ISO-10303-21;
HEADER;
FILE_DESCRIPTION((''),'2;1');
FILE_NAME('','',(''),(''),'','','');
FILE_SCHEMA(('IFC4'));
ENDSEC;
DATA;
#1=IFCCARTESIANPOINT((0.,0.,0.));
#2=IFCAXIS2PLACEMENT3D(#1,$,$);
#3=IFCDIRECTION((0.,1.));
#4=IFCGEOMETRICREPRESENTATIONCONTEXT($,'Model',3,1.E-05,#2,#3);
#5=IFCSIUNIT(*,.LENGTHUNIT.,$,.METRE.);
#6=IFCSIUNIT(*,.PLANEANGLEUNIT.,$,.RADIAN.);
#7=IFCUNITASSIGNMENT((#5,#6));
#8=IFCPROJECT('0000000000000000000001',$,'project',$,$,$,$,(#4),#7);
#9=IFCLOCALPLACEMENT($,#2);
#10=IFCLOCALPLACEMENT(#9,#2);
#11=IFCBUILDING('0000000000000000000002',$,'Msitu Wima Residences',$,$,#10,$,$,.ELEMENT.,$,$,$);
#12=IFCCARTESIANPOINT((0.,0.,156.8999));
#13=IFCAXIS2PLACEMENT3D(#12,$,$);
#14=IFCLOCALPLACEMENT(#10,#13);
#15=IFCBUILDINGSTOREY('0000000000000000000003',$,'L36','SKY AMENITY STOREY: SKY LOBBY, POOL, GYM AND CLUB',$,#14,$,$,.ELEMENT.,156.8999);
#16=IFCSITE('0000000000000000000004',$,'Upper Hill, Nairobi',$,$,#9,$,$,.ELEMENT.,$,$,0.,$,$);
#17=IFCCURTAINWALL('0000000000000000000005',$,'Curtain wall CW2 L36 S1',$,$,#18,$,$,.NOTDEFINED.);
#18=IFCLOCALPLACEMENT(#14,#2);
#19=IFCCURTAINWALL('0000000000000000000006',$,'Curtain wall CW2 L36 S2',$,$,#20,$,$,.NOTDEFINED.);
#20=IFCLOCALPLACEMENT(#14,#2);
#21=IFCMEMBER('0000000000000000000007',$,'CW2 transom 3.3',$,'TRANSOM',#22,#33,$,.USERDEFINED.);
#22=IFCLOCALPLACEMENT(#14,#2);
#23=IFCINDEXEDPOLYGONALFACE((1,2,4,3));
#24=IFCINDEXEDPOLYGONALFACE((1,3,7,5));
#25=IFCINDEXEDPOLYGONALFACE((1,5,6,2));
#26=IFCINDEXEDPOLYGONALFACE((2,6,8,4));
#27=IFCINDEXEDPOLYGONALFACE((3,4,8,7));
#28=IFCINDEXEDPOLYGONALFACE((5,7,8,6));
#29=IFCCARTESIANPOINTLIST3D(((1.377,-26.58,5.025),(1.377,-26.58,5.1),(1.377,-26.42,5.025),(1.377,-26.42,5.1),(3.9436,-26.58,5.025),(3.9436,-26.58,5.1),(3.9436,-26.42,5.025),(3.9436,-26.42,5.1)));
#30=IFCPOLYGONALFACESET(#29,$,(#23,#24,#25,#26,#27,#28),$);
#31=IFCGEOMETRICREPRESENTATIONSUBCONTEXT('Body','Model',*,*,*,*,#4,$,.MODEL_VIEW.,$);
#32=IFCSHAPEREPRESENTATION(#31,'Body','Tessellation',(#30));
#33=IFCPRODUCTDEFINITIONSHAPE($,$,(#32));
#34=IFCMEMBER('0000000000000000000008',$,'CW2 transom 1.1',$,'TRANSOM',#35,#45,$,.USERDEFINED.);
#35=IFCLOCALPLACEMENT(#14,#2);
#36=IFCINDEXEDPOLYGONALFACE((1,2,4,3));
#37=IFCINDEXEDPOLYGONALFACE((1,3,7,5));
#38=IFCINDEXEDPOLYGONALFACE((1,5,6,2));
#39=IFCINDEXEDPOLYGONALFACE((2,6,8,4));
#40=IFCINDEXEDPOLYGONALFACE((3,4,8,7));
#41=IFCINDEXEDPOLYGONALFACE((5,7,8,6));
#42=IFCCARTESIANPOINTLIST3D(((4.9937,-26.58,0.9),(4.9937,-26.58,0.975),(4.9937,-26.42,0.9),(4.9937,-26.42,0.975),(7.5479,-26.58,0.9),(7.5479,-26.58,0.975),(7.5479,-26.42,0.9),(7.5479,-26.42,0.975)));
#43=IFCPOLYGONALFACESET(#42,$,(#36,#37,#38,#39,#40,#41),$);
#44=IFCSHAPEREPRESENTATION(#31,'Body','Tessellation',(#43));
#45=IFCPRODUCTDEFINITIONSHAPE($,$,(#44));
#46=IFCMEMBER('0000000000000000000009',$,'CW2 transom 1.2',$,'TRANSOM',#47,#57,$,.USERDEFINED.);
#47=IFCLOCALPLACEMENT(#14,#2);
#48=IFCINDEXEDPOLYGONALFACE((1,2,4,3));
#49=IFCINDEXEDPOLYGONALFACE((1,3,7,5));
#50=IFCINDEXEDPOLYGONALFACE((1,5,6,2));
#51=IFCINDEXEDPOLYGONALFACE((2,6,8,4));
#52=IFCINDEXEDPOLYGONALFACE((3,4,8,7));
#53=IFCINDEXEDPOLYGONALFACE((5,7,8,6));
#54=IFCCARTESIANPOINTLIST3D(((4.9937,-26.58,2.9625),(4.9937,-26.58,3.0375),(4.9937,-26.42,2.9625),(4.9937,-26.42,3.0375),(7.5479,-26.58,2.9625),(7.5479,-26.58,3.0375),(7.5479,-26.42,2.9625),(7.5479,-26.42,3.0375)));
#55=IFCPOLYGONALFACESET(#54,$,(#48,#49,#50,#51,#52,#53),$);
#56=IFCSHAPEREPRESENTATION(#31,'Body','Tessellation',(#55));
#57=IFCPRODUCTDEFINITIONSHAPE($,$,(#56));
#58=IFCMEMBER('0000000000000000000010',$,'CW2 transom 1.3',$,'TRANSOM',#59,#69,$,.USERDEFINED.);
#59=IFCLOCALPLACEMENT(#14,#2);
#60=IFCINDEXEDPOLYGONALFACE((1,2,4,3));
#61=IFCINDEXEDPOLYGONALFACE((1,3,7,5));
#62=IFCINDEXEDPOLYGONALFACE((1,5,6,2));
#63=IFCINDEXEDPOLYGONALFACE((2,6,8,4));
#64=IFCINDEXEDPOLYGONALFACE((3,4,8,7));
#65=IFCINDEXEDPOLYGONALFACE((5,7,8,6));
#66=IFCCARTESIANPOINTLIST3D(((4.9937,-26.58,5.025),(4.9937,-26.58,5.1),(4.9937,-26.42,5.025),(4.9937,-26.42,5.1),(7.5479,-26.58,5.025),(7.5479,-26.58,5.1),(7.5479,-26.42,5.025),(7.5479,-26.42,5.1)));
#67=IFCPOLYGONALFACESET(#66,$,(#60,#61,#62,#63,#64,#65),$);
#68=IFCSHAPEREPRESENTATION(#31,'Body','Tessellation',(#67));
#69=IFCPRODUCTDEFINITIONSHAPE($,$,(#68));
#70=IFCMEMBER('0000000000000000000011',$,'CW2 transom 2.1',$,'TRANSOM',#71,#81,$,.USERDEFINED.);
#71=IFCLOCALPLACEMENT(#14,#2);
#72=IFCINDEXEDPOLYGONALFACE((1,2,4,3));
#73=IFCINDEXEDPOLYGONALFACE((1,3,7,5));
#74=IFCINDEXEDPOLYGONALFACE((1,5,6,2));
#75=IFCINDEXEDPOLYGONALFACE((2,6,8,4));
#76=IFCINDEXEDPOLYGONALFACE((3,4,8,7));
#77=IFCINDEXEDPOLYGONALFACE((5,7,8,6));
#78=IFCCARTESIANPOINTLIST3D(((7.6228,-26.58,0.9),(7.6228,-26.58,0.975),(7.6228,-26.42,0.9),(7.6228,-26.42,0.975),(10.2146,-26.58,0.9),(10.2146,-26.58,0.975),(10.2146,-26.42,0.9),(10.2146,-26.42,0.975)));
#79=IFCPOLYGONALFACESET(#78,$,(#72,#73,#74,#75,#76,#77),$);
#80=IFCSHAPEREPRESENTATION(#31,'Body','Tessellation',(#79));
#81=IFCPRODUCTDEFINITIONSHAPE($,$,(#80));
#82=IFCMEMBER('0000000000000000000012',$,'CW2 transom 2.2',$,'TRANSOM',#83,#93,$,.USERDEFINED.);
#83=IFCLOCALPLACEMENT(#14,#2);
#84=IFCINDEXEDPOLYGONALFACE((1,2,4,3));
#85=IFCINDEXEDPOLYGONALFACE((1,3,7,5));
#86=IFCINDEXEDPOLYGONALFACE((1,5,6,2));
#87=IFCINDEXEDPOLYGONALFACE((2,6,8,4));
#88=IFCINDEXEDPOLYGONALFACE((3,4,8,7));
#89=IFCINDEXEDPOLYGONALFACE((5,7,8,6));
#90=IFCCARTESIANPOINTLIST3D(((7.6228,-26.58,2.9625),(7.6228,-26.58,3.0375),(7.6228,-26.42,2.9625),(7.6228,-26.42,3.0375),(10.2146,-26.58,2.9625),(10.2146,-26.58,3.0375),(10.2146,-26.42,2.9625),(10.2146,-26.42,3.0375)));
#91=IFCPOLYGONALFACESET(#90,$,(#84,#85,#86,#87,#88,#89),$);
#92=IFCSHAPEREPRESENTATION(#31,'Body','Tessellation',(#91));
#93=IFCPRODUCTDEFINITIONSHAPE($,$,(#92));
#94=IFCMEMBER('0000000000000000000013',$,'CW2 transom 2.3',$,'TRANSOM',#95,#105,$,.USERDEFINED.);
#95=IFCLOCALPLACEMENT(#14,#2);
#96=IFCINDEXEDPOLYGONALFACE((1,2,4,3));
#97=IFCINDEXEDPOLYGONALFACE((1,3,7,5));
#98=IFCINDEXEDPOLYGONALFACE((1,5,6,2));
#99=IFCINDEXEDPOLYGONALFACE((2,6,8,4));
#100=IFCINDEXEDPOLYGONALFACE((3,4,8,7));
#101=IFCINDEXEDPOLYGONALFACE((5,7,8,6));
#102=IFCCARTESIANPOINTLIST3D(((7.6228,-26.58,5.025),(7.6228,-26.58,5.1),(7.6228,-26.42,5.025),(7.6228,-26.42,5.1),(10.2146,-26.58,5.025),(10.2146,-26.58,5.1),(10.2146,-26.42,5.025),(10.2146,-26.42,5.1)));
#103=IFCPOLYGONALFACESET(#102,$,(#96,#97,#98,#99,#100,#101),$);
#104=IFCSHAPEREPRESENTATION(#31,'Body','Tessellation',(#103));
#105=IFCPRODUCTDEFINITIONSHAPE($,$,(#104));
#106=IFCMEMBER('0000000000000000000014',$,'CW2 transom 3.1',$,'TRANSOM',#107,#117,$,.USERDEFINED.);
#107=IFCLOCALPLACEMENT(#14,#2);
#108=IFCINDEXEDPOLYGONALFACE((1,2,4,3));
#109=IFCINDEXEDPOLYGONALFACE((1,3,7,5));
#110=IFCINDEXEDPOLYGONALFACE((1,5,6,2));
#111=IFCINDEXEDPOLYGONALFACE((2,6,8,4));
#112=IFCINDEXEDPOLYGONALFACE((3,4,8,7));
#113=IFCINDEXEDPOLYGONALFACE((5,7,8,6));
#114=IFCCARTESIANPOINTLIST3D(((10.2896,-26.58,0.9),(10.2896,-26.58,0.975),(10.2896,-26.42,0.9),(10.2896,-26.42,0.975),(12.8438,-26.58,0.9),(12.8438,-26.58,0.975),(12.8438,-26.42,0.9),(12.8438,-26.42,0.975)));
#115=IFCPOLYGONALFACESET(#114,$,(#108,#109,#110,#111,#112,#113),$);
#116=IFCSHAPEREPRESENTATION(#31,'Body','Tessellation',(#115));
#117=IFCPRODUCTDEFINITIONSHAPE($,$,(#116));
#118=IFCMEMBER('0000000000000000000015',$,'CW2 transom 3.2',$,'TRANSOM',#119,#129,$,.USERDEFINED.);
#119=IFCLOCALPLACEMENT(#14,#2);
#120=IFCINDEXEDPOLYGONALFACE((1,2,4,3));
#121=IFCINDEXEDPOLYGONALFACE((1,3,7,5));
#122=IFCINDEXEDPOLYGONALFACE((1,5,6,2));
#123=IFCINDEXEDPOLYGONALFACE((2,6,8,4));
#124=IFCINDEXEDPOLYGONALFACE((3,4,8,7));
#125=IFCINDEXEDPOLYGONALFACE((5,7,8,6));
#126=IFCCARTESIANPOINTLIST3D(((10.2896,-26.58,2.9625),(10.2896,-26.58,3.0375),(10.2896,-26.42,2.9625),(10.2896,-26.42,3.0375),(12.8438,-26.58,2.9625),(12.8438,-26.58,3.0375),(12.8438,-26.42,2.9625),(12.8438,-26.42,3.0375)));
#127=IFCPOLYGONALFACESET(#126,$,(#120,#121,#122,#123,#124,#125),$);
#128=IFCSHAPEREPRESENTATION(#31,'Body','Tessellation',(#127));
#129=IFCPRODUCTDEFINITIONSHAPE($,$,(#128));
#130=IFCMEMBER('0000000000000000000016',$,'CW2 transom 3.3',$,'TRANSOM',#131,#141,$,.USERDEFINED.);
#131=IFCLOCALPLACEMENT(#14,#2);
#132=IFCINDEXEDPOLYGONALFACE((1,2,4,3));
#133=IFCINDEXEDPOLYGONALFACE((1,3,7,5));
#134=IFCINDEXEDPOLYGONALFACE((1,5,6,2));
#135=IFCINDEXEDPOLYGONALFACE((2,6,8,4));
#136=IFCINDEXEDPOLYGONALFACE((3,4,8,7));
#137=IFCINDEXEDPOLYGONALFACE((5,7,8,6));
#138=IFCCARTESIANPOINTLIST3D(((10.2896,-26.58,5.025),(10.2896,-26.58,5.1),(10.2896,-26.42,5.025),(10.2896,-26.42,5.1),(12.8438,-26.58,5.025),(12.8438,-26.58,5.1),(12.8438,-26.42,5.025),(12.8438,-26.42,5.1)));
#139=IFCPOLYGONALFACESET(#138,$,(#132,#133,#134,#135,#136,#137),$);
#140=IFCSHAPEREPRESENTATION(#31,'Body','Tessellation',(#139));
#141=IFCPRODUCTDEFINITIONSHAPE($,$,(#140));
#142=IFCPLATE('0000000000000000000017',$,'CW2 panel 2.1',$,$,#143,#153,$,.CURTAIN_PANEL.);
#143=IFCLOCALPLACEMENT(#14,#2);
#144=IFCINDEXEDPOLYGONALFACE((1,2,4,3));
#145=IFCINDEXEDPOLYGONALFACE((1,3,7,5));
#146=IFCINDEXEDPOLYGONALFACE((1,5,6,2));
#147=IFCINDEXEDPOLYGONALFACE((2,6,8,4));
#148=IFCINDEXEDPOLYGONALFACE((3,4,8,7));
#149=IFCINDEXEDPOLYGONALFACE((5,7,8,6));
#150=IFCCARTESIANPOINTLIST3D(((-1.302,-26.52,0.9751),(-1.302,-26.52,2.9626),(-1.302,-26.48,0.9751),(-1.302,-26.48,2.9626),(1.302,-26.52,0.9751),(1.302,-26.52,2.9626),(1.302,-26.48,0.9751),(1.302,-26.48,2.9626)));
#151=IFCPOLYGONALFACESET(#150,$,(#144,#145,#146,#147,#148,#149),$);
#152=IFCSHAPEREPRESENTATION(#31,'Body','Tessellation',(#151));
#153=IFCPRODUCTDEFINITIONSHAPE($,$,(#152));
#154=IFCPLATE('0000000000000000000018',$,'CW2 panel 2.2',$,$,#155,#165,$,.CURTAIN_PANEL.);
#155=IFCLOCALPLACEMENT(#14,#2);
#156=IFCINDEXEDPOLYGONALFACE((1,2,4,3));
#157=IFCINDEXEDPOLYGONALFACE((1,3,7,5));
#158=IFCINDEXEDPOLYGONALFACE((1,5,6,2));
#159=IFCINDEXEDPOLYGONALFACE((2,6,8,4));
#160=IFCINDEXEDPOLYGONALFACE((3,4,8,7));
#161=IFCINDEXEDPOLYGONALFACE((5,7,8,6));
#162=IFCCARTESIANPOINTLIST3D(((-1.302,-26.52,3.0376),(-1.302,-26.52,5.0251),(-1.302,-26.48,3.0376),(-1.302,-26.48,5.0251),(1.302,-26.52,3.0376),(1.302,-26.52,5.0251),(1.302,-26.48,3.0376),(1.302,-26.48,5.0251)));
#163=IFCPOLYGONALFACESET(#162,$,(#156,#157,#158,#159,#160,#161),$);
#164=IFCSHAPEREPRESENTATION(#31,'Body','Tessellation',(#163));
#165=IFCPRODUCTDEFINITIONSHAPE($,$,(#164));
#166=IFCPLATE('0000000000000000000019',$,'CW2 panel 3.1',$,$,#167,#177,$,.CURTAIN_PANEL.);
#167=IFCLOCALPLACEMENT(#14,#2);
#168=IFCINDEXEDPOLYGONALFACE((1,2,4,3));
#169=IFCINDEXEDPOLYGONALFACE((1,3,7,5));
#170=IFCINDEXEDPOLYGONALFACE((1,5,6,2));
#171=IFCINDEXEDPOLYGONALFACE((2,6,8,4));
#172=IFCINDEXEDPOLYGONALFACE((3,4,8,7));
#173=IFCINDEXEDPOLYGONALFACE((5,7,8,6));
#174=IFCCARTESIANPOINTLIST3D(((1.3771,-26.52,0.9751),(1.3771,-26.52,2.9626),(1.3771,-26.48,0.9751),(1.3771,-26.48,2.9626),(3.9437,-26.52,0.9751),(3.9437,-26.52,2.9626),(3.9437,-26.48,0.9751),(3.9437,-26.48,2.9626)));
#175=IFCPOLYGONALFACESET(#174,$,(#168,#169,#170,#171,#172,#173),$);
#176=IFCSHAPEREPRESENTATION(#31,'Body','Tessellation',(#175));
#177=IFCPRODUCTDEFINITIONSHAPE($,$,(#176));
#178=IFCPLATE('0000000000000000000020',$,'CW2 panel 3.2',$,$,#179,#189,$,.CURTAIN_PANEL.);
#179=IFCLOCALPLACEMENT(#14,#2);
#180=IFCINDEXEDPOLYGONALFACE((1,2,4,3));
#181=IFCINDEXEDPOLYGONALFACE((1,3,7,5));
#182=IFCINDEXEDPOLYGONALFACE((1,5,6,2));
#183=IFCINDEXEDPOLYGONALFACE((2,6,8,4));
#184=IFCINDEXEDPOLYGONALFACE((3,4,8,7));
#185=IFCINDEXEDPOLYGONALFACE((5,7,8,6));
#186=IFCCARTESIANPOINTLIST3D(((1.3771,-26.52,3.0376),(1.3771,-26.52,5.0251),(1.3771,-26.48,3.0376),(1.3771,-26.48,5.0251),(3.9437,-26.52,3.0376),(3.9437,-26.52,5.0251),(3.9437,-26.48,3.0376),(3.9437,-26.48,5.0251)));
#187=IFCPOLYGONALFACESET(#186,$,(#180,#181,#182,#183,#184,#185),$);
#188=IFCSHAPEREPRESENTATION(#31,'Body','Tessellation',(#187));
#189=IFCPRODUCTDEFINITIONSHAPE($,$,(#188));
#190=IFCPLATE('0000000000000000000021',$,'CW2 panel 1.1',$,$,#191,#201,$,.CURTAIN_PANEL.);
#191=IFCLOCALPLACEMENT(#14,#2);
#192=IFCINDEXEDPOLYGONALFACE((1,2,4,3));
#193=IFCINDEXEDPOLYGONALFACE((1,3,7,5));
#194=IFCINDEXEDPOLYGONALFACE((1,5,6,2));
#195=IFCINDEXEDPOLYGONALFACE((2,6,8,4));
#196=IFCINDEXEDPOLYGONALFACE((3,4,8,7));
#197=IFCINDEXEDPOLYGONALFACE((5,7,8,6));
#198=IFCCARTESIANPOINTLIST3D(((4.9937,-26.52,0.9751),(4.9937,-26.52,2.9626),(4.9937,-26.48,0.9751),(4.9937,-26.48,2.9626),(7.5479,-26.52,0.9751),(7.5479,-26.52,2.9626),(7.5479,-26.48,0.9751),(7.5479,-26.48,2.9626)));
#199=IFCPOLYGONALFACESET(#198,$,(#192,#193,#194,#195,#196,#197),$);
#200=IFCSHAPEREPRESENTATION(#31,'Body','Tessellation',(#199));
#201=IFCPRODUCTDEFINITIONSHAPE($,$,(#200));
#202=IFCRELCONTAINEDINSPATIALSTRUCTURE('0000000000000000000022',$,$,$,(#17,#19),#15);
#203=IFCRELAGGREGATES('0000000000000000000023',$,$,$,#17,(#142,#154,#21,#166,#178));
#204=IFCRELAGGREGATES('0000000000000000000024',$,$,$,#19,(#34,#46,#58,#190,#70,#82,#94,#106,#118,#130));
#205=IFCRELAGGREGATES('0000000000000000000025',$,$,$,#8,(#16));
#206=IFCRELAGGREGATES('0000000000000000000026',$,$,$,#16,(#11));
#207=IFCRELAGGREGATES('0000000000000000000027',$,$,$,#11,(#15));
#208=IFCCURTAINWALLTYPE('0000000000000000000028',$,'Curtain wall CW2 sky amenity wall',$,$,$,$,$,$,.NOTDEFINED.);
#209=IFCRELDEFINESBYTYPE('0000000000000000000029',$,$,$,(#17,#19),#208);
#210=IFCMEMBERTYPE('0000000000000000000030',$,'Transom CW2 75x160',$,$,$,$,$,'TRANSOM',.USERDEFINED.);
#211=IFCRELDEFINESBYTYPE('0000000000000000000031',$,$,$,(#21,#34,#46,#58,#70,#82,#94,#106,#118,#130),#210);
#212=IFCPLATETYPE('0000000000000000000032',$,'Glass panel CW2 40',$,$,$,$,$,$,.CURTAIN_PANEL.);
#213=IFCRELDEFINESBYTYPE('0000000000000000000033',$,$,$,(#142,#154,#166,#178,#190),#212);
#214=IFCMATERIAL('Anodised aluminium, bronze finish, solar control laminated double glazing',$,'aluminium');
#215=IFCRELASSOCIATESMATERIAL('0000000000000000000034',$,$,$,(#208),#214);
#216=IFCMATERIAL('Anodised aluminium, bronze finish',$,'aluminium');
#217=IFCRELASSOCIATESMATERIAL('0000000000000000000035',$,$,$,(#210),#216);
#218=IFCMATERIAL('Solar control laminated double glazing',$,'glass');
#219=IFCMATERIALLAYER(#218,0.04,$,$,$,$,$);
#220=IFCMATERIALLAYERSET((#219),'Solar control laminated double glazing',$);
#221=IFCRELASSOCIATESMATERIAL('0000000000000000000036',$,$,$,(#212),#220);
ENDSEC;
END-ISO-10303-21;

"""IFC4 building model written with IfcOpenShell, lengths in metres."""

from ifc_helpers import new_model, si_unit, direction, frame, origin, origin_2d, place, context, subcontext, project, spatial, rectangle, extrude, material, layer, layer_set, material_profile, profile_set, type_object, element, aggregate, save


model = new_model("IFC4")

# Units and contexts
model_context = context("Model", 3, precision=1e-05, world=origin(), true_north=direction((0.0, 1.0)))
body_context = subcontext(model_context, "Body", "Model", "MODEL_VIEW")
ifc_project = project(units=[si_unit("LENGTHUNIT", "METRE"), si_unit("PLANEANGLEUNIT", "RADIAN")], contexts=[model_context])

# Site, building, storey
site_placement = place(None, origin())
site = spatial("IfcSite", under=ifc_project, at=site_placement, Name="Upper Hill, Nairobi", CompositionType="ELEMENT", RefElevation=0.0)
building_placement = place(site_placement, origin())
building = spatial("IfcBuilding", under=site, at=building_placement, Name="Msitu Wima Residences", CompositionType="ELEMENT")
storey_placement = place(building_placement, frame((0.0, 0.0, 156.8999)))
storey = spatial("IfcBuildingStorey", under=building, at=storey_placement, Name="L36", Description="SKY AMENITY STOREY: SKY LOBBY, POOL, GYM AND CLUB", CompositionType="ELEMENT", Elevation=156.8999)

# Curtain walls
ifc_material_1 = material(Name="Anodised aluminium, bronze finish, solar control laminated double glazing", Category="aluminium")
curtain_wall_type = type_object("IfcCurtainWallType", Name="Curtain wall CW2 sky amenity wall", PredefinedType="NOTDEFINED", material=ifc_material_1)
curtain_wall_1_placement = place(storey_placement, origin())
curtain_wall_1 = element("IfcCurtainWall", 1, at=curtain_wall_1_placement, inside=storey, type_object=curtain_wall_type, Name="Curtain wall CW2 L36 S1", PredefinedType="NOTDEFINED")
ifc_material_2 = material(Name="Anodised aluminium, bronze finish", Category="aluminium")
curtain_wall_2_placement = place(storey_placement, origin())
curtain_wall_2 = element("IfcCurtainWall", 2, at=curtain_wall_2_placement, inside=storey, type_object=curtain_wall_type, Name="Curtain wall CW2 L36 S2", PredefinedType="NOTDEFINED")

# Members
ifc_material_profile_1 = material_profile(ifc_material_2, rectangle(XDim=0.1599, YDim=0.075, at=origin_2d()), Name="Transom 75x160")
ifc_profile_set_1 = profile_set([ifc_material_profile_1], Name="Anodised aluminium, bronze finish")
member_type_1 = type_object("IfcMemberType", Name="Transom CW2 75x160", ElementType="TRANSOM", PredefinedType="USERDEFINED", material=ifc_profile_set_1)
member_1_placement = place(storey_placement, frame((1.377, -26.5, 5.0625), z_axis=(1.0, 0.0, 0.0), x_axis=(0.0, 1.0, 0.0)))
member_1 = element("IfcMember", 3, at=member_1_placement, type_object=member_type_1, Name="CW2 transom 3.3", ObjectType="TRANSOM", PredefinedType="USERDEFINED", context=body_context, shape_type="SweptSolid", body=[
    extrude(rectangle(XDim=0.1599, YDim=0.075, at=origin_2d()), origin(), (0.0, 0.0, 1.0), 2.5667),
])
member_2_placement = place(storey_placement, frame((4.9937, -26.5, 0.9375), z_axis=(1.0, 0.0, 0.0), x_axis=(0.0, 1.0, 0.0)))
member_2 = element("IfcMember", 4, at=member_2_placement, type_object=member_type_1, Name="CW2 transom 1.1", ObjectType="TRANSOM", PredefinedType="USERDEFINED", context=body_context, shape_type="SweptSolid", body=[
    extrude(rectangle(XDim=0.1599, YDim=0.075, at=origin_2d()), origin(), (0.0, 0.0, 1.0), 2.5542),
])
member_3_placement = place(storey_placement, frame((4.9937, -26.5, 3.0), z_axis=(1.0, 0.0, 0.0), x_axis=(0.0, 1.0, 0.0)))
member_3 = element("IfcMember", 5, at=member_3_placement, type_object=member_type_1, Name="CW2 transom 1.2", ObjectType="TRANSOM", PredefinedType="USERDEFINED", context=body_context, shape_type="SweptSolid", body=[
    extrude(rectangle(XDim=0.1599, YDim=0.075, at=origin_2d()), origin(), (0.0, 0.0, 1.0), 2.5542),
])
member_4_placement = place(storey_placement, frame((4.9937, -26.5, 5.0625), z_axis=(1.0, 0.0, 0.0), x_axis=(0.0, 1.0, 0.0)))
member_4 = element("IfcMember", 6, at=member_4_placement, type_object=member_type_1, Name="CW2 transom 1.3", ObjectType="TRANSOM", PredefinedType="USERDEFINED", context=body_context, shape_type="SweptSolid", body=[
    extrude(rectangle(XDim=0.1599, YDim=0.075, at=origin_2d()), origin(), (0.0, 0.0, 1.0), 2.5542),
])
member_5_placement = place(storey_placement, frame((7.6228, -26.5, 0.9375), z_axis=(1.0, 0.0, 0.0), x_axis=(0.0, 1.0, 0.0)))
member_5 = element("IfcMember", 7, at=member_5_placement, type_object=member_type_1, Name="CW2 transom 2.1", ObjectType="TRANSOM", PredefinedType="USERDEFINED", context=body_context, shape_type="SweptSolid", body=[
    extrude(rectangle(XDim=0.1599, YDim=0.075, at=origin_2d()), origin(), (0.0, 0.0, 1.0), 2.5918),
])
member_6_placement = place(storey_placement, frame((7.6228, -26.5, 3.0), z_axis=(1.0, 0.0, 0.0), x_axis=(0.0, 1.0, 0.0)))
member_6 = element("IfcMember", 8, at=member_6_placement, type_object=member_type_1, Name="CW2 transom 2.2", ObjectType="TRANSOM", PredefinedType="USERDEFINED", context=body_context, shape_type="SweptSolid", body=[
    extrude(rectangle(XDim=0.1599, YDim=0.075, at=origin_2d()), origin(), (0.0, 0.0, 1.0), 2.5918),
])
member_7_placement = place(storey_placement, frame((7.6228, -26.5, 5.0625), z_axis=(1.0, 0.0, 0.0), x_axis=(0.0, 1.0, 0.0)))
member_7 = element("IfcMember", 9, at=member_7_placement, type_object=member_type_1, Name="CW2 transom 2.3", ObjectType="TRANSOM", PredefinedType="USERDEFINED", context=body_context, shape_type="SweptSolid", body=[
    extrude(rectangle(XDim=0.1599, YDim=0.075, at=origin_2d()), origin(), (0.0, 0.0, 1.0), 2.5918),
])
member_8_placement = place(storey_placement, frame((10.2896, -26.5, 0.9375), z_axis=(1.0, 0.0, 0.0), x_axis=(0.0, 1.0, 0.0)))
member_8 = element("IfcMember", 10, at=member_8_placement, type_object=member_type_1, Name="CW2 transom 3.1", ObjectType="TRANSOM", PredefinedType="USERDEFINED", context=body_context, shape_type="SweptSolid", body=[
    extrude(rectangle(XDim=0.1599, YDim=0.075, at=origin_2d()), origin(), (0.0, 0.0, 1.0), 2.5542),
])
member_9_placement = place(storey_placement, frame((10.2896, -26.5, 3.0), z_axis=(1.0, 0.0, 0.0), x_axis=(0.0, 1.0, 0.0)))
member_9 = element("IfcMember", 11, at=member_9_placement, type_object=member_type_1, Name="CW2 transom 3.2", ObjectType="TRANSOM", PredefinedType="USERDEFINED", context=body_context, shape_type="SweptSolid", body=[
    extrude(rectangle(XDim=0.1599, YDim=0.075, at=origin_2d()), origin(), (0.0, 0.0, 1.0), 2.5542),
])
member_10_placement = place(storey_placement, frame((10.2896, -26.5, 5.0625), z_axis=(1.0, 0.0, 0.0), x_axis=(0.0, 1.0, 0.0)))
member_10 = element("IfcMember", 12, at=member_10_placement, type_object=member_type_1, Name="CW2 transom 3.3", ObjectType="TRANSOM", PredefinedType="USERDEFINED", context=body_context, shape_type="SweptSolid", body=[
    extrude(rectangle(XDim=0.1599, YDim=0.075, at=origin_2d()), origin(), (0.0, 0.0, 1.0), 2.5542),
])

# Plates
ifc_material_3 = material(Name="Solar control laminated double glazing", Category="glass")
ifc_layer_1 = layer(ifc_material_3, 0.04)
ifc_layer_set_1 = layer_set([ifc_layer_1], Name="Solar control laminated double glazing")
plate_type = type_object("IfcPlateType", Name="Glass panel CW2 40", PredefinedType="CURTAIN_PANEL", material=ifc_layer_set_1)
plate_1_placement = place(storey_placement, frame((0.0, -26.5, 0.9751), z_axis=(0.0, 0.0, 1.0), x_axis=(1.0, 0.0, 0.0)))
plate_1 = element("IfcPlate", 13, at=plate_1_placement, type_object=plate_type, Name="CW2 panel 2.1", PredefinedType="CURTAIN_PANEL", context=body_context, shape_type="SweptSolid", body=[
    extrude(rectangle(XDim=2.604, YDim=0.04, at=origin_2d()), origin(), (0.0, 0.0, 1.0), 1.9875),
])
plate_2_placement = place(storey_placement, frame((0.0, -26.5, 3.0376), z_axis=(0.0, 0.0, 1.0), x_axis=(1.0, 0.0, 0.0)))
plate_2 = element("IfcPlate", 14, at=plate_2_placement, type_object=plate_type, Name="CW2 panel 2.2", PredefinedType="CURTAIN_PANEL", context=body_context, shape_type="SweptSolid", body=[
    extrude(rectangle(XDim=2.604, YDim=0.04, at=origin_2d()), origin(), (0.0, 0.0, 1.0), 1.9875),
])
plate_3_placement = place(storey_placement, frame((2.6604, -26.5, 0.9751), z_axis=(0.0, 0.0, 1.0), x_axis=(1.0, 0.0, 0.0)))
plate_3 = element("IfcPlate", 15, at=plate_3_placement, type_object=plate_type, Name="CW2 panel 3.1", PredefinedType="CURTAIN_PANEL", context=body_context, shape_type="SweptSolid", body=[
    extrude(rectangle(XDim=2.5667, YDim=0.04, at=origin_2d()), origin(), (0.0, 0.0, 1.0), 1.9875),
])
plate_4_placement = place(storey_placement, frame((2.6604, -26.5, 3.0376), z_axis=(0.0, 0.0, 1.0), x_axis=(1.0, 0.0, 0.0)))
plate_4 = element("IfcPlate", 16, at=plate_4_placement, type_object=plate_type, Name="CW2 panel 3.2", PredefinedType="CURTAIN_PANEL", context=body_context, shape_type="SweptSolid", body=[
    extrude(rectangle(XDim=2.5667, YDim=0.04, at=origin_2d()), origin(), (0.0, 0.0, 1.0), 1.9875),
])
aggregate(curtain_wall_1, [plate_1, plate_2, member_1, plate_3, plate_4])
plate_5_placement = place(storey_placement, frame((6.2708, -26.5, 0.9751), z_axis=(0.0, 0.0, 1.0), x_axis=(1.0, 0.0, 0.0)))
plate_5 = element("IfcPlate", 17, at=plate_5_placement, type_object=plate_type, Name="CW2 panel 1.1", PredefinedType="CURTAIN_PANEL", context=body_context, shape_type="SweptSolid", body=[
    extrude(rectangle(XDim=2.5542, YDim=0.04, at=origin_2d()), origin(), (0.0, 0.0, 1.0), 1.9875),
])
aggregate(curtain_wall_2, [member_2, member_3, member_4, plate_5, member_5, member_6, member_7, member_8, member_9, member_10])

save(model, "model.ifc")
